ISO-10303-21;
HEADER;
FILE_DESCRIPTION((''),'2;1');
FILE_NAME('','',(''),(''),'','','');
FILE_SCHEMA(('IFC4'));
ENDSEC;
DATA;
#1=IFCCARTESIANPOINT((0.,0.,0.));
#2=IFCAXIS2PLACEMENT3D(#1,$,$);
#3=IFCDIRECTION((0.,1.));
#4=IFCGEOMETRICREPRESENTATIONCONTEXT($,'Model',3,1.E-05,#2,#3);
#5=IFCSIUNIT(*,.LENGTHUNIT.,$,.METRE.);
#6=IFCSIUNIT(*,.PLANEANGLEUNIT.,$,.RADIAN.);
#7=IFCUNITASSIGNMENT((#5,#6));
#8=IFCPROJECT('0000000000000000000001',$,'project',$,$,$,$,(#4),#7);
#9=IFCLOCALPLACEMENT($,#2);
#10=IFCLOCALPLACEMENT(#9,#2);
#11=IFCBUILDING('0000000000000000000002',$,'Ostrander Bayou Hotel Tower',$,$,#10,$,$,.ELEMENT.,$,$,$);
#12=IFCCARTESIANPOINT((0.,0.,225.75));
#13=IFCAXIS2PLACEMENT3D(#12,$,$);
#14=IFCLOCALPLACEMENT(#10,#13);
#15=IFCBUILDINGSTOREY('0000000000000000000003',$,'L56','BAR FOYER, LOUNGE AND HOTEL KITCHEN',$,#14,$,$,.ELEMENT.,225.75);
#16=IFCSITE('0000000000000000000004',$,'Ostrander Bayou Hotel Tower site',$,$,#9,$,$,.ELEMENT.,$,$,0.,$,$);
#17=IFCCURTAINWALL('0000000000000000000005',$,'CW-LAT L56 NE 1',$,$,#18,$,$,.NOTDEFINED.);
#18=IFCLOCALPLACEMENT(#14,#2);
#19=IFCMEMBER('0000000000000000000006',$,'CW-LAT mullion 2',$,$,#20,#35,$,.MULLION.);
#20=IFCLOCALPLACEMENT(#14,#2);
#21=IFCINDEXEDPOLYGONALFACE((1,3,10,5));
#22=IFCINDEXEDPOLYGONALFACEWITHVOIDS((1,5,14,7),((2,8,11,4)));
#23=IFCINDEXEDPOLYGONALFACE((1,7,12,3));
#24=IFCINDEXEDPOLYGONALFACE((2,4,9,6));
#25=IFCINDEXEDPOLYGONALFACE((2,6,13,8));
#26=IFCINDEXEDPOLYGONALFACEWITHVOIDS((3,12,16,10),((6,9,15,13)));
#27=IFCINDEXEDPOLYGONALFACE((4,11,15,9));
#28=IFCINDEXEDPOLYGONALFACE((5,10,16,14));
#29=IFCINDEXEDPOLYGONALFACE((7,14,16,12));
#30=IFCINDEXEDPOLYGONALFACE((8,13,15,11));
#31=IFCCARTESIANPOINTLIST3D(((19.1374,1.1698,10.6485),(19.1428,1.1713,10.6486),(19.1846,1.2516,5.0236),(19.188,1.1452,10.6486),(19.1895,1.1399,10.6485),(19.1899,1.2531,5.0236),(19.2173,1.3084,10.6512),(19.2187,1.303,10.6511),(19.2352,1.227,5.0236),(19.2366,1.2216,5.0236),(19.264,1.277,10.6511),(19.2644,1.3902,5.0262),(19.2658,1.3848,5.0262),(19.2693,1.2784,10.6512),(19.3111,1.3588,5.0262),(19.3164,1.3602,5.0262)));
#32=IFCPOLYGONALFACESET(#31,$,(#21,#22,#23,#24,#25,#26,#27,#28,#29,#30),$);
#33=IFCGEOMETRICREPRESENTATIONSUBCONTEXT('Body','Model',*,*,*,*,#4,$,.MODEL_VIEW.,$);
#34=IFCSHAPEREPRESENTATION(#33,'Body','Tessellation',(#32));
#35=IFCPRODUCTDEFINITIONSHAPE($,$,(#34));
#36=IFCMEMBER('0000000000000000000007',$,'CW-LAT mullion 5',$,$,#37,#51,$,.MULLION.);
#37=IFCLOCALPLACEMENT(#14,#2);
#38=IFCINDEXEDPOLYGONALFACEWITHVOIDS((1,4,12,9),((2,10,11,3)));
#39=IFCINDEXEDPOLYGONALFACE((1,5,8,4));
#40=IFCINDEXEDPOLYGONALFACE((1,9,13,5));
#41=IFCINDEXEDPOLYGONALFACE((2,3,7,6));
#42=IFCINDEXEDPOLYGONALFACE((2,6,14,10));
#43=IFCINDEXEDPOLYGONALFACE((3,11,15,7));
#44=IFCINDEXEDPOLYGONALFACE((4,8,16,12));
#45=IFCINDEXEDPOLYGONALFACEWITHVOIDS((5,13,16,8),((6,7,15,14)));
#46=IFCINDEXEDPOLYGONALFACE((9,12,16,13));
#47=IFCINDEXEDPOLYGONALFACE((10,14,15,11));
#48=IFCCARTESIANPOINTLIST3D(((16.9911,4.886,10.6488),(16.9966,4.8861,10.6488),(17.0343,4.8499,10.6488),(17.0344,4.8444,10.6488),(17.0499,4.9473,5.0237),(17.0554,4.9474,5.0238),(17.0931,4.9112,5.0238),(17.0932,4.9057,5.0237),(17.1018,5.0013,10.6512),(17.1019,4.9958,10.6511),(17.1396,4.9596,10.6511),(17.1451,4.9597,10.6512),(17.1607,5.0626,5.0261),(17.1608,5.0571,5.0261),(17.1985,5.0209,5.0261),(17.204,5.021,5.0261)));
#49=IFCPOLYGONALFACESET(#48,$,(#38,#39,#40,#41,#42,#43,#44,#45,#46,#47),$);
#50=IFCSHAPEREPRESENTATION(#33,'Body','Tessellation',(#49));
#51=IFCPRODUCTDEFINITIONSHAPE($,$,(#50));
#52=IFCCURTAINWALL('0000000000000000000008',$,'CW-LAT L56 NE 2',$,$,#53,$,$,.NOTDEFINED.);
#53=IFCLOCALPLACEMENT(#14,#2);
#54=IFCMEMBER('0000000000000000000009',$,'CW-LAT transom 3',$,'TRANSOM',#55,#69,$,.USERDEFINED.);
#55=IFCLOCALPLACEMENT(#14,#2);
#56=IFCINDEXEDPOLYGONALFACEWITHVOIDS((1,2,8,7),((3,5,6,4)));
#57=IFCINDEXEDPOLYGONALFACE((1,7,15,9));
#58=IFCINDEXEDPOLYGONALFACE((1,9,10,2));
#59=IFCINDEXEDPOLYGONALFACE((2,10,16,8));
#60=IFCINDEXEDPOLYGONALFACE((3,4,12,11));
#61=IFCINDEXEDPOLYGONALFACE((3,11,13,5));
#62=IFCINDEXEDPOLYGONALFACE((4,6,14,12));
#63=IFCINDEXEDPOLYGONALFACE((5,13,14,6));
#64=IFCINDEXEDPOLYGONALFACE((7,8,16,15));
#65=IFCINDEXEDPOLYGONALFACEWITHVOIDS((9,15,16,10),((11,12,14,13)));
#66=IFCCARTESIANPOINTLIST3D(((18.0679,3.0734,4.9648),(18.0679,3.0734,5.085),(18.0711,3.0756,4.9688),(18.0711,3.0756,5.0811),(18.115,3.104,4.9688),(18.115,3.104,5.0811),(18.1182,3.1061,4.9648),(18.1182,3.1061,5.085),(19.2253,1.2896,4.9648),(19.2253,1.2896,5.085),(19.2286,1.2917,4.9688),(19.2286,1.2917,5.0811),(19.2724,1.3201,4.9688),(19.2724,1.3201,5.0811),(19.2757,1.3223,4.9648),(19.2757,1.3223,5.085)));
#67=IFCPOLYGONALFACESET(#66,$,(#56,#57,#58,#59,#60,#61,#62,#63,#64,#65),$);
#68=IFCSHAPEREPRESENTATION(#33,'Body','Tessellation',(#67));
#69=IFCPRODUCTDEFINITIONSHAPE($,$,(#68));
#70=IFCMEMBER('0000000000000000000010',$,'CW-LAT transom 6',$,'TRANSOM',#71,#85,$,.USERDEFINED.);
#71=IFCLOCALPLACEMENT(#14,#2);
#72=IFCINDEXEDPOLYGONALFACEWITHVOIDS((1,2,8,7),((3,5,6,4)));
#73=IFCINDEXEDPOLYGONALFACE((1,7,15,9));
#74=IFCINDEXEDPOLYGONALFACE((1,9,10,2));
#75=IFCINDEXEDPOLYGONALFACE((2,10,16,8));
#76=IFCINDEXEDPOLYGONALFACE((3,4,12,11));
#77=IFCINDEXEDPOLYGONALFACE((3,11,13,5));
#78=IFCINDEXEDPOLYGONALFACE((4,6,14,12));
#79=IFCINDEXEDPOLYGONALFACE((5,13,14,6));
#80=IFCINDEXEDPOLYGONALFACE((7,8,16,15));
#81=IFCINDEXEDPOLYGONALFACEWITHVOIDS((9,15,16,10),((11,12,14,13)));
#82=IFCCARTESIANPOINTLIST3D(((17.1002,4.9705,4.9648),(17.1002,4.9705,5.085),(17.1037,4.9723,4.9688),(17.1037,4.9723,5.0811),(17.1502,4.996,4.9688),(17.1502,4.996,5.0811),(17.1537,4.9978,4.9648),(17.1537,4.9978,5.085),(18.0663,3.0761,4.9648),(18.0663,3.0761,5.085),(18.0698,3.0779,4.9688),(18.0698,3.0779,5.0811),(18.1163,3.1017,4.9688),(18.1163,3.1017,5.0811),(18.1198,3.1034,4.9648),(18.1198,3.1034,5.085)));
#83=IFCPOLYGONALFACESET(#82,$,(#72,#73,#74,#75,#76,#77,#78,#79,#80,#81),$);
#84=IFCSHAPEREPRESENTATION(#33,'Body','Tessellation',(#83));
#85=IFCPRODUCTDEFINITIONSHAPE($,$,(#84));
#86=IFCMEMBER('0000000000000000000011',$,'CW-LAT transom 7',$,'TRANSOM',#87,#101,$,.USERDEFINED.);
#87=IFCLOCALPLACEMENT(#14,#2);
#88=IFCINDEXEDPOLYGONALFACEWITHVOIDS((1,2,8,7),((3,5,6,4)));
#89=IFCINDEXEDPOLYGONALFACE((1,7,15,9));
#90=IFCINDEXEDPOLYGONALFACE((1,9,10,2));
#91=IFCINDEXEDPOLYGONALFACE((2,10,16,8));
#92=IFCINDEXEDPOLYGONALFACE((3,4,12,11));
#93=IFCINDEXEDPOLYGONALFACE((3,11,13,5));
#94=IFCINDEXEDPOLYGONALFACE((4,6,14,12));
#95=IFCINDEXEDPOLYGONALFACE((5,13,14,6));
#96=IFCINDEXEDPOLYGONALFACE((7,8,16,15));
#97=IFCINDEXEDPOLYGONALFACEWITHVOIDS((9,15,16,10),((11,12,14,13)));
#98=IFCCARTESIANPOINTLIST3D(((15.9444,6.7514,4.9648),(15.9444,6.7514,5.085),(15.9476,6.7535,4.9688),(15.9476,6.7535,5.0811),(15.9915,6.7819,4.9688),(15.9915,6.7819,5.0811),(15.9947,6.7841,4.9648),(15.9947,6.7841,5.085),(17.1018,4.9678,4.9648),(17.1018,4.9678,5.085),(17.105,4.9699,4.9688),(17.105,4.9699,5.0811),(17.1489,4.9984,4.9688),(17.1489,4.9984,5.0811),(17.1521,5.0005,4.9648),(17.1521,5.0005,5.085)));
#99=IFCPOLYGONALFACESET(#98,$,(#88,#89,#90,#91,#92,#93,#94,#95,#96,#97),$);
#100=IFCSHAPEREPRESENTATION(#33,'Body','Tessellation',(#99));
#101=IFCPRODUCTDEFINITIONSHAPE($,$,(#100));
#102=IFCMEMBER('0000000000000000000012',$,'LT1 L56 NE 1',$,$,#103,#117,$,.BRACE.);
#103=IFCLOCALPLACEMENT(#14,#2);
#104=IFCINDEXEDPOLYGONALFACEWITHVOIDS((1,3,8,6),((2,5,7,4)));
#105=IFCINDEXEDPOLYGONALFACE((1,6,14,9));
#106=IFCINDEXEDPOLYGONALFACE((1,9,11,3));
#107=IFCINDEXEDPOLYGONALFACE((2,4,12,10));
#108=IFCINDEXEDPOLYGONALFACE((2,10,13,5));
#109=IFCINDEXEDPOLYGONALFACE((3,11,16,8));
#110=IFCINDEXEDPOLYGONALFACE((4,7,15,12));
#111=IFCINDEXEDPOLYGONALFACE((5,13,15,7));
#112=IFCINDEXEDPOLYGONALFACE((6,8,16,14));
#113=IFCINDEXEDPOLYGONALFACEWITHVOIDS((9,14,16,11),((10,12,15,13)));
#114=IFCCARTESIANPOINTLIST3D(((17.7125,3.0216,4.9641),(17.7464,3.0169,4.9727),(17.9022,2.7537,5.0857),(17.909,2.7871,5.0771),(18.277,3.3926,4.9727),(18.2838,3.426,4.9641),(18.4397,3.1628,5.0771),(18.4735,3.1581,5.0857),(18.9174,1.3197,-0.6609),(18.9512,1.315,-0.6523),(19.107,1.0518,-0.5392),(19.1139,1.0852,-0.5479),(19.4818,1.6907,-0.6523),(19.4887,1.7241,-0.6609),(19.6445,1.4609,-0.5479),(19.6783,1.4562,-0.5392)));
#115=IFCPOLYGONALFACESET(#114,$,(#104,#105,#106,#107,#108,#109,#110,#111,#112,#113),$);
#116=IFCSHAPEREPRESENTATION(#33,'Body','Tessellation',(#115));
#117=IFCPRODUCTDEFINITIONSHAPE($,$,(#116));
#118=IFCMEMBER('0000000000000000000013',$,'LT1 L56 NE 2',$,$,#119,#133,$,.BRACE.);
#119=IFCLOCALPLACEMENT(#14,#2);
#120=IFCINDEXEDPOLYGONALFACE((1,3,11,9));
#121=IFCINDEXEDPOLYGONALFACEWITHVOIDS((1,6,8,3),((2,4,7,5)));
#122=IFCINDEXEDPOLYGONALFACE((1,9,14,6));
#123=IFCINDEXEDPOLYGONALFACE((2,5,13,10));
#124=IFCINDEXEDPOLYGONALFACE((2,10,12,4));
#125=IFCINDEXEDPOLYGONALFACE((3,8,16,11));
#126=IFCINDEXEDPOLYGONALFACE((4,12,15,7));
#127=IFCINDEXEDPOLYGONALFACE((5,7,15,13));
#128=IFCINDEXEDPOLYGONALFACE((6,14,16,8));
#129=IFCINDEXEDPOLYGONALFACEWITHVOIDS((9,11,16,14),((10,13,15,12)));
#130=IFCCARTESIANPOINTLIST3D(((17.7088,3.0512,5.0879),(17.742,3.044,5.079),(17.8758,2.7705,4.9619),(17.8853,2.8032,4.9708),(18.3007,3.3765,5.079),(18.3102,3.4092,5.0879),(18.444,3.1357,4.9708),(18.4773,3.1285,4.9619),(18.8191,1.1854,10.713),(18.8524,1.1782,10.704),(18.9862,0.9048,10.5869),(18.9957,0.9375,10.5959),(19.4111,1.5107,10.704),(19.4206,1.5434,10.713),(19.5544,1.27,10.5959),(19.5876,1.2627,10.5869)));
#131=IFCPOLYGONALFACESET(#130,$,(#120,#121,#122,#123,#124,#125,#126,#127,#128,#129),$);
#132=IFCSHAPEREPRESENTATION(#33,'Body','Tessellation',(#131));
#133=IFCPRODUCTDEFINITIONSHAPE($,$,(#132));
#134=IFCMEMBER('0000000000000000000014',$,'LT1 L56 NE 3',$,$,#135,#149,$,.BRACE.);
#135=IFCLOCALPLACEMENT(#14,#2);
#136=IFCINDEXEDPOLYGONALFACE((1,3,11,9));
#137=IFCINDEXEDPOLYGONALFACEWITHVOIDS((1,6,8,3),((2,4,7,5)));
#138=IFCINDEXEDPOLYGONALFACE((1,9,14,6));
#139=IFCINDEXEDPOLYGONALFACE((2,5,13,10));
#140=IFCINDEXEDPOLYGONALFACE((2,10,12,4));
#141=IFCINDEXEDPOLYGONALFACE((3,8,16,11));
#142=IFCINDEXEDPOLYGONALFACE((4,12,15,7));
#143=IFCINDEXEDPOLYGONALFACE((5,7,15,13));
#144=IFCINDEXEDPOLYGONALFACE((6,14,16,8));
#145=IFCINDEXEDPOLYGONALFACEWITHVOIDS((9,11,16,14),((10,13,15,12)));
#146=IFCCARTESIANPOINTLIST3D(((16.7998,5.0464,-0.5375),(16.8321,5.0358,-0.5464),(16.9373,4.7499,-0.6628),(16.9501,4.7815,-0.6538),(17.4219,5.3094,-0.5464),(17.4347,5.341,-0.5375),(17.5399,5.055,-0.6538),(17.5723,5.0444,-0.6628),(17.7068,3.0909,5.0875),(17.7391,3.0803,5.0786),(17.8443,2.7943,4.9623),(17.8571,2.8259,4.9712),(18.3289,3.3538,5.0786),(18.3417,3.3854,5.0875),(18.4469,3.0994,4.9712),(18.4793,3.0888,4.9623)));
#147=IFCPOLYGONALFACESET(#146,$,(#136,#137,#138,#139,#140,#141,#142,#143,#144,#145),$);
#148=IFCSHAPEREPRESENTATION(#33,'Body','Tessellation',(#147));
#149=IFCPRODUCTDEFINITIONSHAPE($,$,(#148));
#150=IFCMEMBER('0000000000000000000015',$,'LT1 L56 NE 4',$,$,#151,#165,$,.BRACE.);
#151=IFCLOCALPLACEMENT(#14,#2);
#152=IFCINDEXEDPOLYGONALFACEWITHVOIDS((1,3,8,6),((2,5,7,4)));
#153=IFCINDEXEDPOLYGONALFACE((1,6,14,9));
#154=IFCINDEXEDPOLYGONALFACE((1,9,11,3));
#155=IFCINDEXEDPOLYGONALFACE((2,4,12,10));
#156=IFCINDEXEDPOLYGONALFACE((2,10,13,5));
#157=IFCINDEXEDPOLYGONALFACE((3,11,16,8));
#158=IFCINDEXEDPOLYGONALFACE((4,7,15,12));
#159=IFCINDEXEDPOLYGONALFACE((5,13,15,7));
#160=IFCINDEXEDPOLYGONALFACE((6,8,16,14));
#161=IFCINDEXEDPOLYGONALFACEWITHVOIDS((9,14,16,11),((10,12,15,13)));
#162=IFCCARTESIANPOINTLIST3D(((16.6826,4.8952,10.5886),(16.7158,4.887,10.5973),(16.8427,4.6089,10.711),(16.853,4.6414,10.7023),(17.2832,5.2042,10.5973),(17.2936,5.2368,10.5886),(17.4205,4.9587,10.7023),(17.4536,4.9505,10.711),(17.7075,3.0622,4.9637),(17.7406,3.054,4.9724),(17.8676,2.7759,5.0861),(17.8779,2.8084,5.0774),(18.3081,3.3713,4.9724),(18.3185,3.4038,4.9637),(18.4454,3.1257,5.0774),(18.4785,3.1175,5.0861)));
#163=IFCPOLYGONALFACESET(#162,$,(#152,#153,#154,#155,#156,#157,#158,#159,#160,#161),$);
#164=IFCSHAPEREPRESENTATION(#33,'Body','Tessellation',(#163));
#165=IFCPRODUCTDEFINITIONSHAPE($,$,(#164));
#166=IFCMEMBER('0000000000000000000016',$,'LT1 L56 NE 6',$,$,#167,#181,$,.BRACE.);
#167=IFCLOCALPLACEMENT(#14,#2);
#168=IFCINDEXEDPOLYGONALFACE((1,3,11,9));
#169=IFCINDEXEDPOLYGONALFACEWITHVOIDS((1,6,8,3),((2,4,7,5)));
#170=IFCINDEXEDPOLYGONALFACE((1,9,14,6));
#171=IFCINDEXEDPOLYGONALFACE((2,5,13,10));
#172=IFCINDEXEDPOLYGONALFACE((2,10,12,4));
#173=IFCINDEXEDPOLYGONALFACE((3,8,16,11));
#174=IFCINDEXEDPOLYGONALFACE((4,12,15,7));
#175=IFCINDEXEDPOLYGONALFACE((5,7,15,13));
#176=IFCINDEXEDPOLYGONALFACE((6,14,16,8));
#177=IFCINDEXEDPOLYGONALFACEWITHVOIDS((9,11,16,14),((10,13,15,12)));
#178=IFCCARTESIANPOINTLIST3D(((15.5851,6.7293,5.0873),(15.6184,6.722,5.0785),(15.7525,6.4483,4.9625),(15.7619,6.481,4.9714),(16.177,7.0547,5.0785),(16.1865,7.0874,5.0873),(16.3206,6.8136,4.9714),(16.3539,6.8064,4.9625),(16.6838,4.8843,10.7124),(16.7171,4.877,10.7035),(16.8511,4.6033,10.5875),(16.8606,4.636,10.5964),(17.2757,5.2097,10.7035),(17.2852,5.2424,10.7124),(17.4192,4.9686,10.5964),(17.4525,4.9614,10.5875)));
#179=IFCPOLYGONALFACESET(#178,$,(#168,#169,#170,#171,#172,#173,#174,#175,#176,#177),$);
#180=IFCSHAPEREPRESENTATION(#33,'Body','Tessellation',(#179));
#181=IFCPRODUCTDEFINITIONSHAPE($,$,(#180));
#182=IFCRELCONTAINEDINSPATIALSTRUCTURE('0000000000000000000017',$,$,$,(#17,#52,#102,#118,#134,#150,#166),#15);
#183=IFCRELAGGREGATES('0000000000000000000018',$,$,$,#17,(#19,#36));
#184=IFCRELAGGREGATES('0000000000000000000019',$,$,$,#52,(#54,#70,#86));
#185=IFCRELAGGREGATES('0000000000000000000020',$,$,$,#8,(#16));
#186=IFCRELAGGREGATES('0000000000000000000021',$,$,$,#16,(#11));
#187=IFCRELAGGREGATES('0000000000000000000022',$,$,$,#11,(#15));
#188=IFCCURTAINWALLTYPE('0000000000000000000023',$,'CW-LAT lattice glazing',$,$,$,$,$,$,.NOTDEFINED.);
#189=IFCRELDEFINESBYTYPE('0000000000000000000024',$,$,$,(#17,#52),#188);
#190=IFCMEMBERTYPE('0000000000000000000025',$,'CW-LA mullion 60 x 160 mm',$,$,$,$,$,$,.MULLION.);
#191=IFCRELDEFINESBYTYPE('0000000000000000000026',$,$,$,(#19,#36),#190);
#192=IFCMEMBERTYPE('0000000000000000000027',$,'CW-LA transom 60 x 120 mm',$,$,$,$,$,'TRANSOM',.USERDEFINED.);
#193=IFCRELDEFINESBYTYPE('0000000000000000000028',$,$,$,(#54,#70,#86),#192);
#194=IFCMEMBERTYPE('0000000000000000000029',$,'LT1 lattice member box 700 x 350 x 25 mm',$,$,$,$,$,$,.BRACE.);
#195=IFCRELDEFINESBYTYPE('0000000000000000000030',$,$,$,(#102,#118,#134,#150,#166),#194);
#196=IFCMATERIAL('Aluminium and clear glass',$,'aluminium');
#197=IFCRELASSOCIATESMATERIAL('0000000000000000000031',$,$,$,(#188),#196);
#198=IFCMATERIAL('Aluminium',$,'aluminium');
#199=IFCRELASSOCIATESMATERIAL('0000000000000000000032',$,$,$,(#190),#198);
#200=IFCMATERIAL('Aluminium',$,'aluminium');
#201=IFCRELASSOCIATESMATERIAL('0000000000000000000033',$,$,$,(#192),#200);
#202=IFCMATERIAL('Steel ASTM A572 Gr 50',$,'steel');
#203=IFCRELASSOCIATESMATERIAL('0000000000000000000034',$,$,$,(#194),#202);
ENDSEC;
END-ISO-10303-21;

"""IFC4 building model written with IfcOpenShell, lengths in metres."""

from ifc_helpers import new_model, si_unit, direction, frame, origin, origin_2d, place, context, subcontext, project, spatial, hollow_rectangle, extrude, material, material_profile, profile_set, type_object, element, aggregate, save


model = new_model("IFC4")

# Units and contexts
model_context = context("Model", 3, precision=1e-05, world=origin(), true_north=direction((0.0, 1.0)))
body_context = subcontext(model_context, "Body", "Model", "MODEL_VIEW")
ifc_project = project(units=[si_unit("LENGTHUNIT", "METRE"), si_unit("PLANEANGLEUNIT", "RADIAN")], contexts=[model_context])

# Site, building, storey
site_placement = place(None, origin())
site = spatial("IfcSite", under=ifc_project, at=site_placement, Name="Ostrander Bayou Hotel Tower site", CompositionType="ELEMENT", RefElevation=0.0)
building_placement = place(site_placement, origin())
building = spatial("IfcBuilding", under=site, at=building_placement, Name="Ostrander Bayou Hotel Tower", CompositionType="ELEMENT")
storey_placement = place(building_placement, frame((0.0, 0.0, 225.75)))
storey = spatial("IfcBuildingStorey", under=building, at=storey_placement, Name="L56", Description="BAR FOYER, LOUNGE AND HOTEL KITCHEN", CompositionType="ELEMENT", Elevation=225.75)

# Curtain walls, members
ifc_material_1 = material(Name="Aluminium and clear glass", Category="aluminium")
curtain_wall_type = type_object("IfcCurtainWallType", Name="CW-LAT lattice glazing", PredefinedType="NOTDEFINED", material=ifc_material_1)
curtain_wall_1_placement = place(storey_placement, origin())
curtain_wall_1 = element("IfcCurtainWall", 1, at=curtain_wall_1_placement, inside=storey, type_object=curtain_wall_type, Name="CW-LAT L56 NE 1", PredefinedType="NOTDEFINED")
ifc_material_2 = material(Name="Aluminium", Category="aluminium")
ifc_material_profile_1 = material_profile(ifc_material_2, hollow_rectangle(XDim=0.0601, YDim=0.1599, WallThickness=0.0039, at=origin_2d()))
ifc_profile_set_1 = profile_set([ifc_material_profile_1], Name="Aluminium")
member_type_1 = type_object("IfcMemberType", Name="CW-LA mullion 60 x 160 mm", PredefinedType="MULLION", material=ifc_profile_set_1)
member_1_placement = place(storey_placement, frame((19.2505, 1.3059, 5.0249), z_axis=(-0.008376, -0.014538, 0.999859), x_axis=(0.866487, -0.4992, 0.0)))
member_1 = element("IfcMember", 2, at=member_1_placement, type_object=member_type_1, Name="CW-LAT mullion 2", PredefinedType="MULLION", context=body_context, shape_type="SweptSolid", body=[
    extrude(hollow_rectangle(XDim=0.0601, YDim=0.1599, WallThickness=0.0039, at=origin_2d()), origin(), (0.0, 0.0, 1.0), 5.6257),
])
member_2_placement = place(storey_placement, frame((17.127, 4.9841, 5.0249), z_axis=(-0.010459, -0.010893, 0.999886), x_axis=(0.72133, -0.692592, 0.0)))
member_2 = element("IfcMember", 3, at=member_2_placement, type_object=member_type_1, Name="CW-LAT mullion 5", PredefinedType="MULLION", context=body_context, shape_type="SweptSolid", body=[
    extrude(hollow_rectangle(XDim=0.0601, YDim=0.1599, WallThickness=0.0039, at=origin_2d()), origin(), (0.0, 0.0, 1.0), 5.6257),
])
curtain_wall_2_placement = place(storey_placement, origin())
curtain_wall_2 = element("IfcCurtainWall", 4, at=curtain_wall_2_placement, inside=storey, type_object=curtain_wall_type, Name="CW-LAT L56 NE 2", PredefinedType="NOTDEFINED")
ifc_material_3 = material(Name="Aluminium", Category="aluminium")
ifc_material_profile_2 = material_profile(ifc_material_3, hollow_rectangle(XDim=0.0601, YDim=0.1201, WallThickness=0.0039, at=origin_2d()))
ifc_profile_set_2 = profile_set([ifc_material_profile_2], Name="Aluminium")
member_type_2 = type_object("IfcMemberType", Name="CW-LA transom 60 x 120 mm", ElementType="TRANSOM", PredefinedType="USERDEFINED", material=ifc_profile_set_2)
member_3_placement = place(storey_placement, frame((19.2505, 1.3059, 5.0249), z_axis=(-0.544298, 0.838892, 0.0), x_axis=(-0.838892, -0.544298, 0.0)))
member_3 = element("IfcMember", 5, at=member_3_placement, type_object=member_type_2, Name="CW-LAT transom 3", ObjectType="TRANSOM", PredefinedType="USERDEFINED", context=body_context, shape_type="SweptSolid", body=[
    extrude(hollow_rectangle(XDim=0.0601, YDim=0.1201, WallThickness=0.0039, at=origin_2d()), origin(), (0.0, 0.0, 1.0), 2.1265),
])
member_4_placement = place(storey_placement, frame((17.127, 4.9841, 5.0249), z_axis=(0.454318, -0.89084, 0.0), x_axis=(0.89084, 0.454318, 0.0)))
member_4 = element("IfcMember", 6, at=member_4_placement, type_object=member_type_2, Name="CW-LAT transom 6", ObjectType="TRANSOM", PredefinedType="USERDEFINED", context=body_context, shape_type="SweptSolid", body=[
    extrude(hollow_rectangle(XDim=0.0601, YDim=0.1201, WallThickness=0.0039, at=origin_2d()), origin(), (0.0, 0.0, 1.0), 2.1265),
])
member_5_placement = place(storey_placement, frame((17.127, 4.9841, 5.0249), z_axis=(-0.544351, 0.838858, 0.0), x_axis=(-0.838858, -0.544351, 0.0)))
member_5 = element("IfcMember", 7, at=member_5_placement, type_object=member_type_2, Name="CW-LAT transom 7", ObjectType="TRANSOM", PredefinedType="USERDEFINED", context=body_context, shape_type="SweptSolid", body=[
    extrude(hollow_rectangle(XDim=0.0601, YDim=0.1201, WallThickness=0.0039, at=origin_2d()), origin(), (0.0, 0.0, 1.0), 2.1262),
])

# Members
ifc_material_4 = material(Name="Steel ASTM A572 Gr 50", Category="steel")
ifc_material_profile_3 = material_profile(ifc_material_4, hollow_rectangle(XDim=0.7, YDim=0.3501, WallThickness=0.0249, at=origin_2d()))
ifc_profile_set_3 = profile_set([ifc_material_profile_3], Name="Steel ASTM A572 Gr 50")
member_type_3 = type_object("IfcMemberType", Name="LT1 lattice member box 700 x 350 x 25 mm", PredefinedType="BRACE", material=ifc_profile_set_3)
member_6_placement = place(storey_placement, frame((18.093, 3.0898, 5.0249), z_axis=(0.200837, -0.283695, -0.937647), x_axis=(0.816179, 0.5778, 0.0)))
element("IfcMember", 8, at=member_6_placement, inside=storey, type_object=member_type_3, Name="LT1 L56 NE 1", PredefinedType="BRACE", context=body_context, shape_type="SweptSolid", body=[
    extrude(hollow_rectangle(XDim=0.7, YDim=0.3501, WallThickness=0.0249, at=origin_2d()), origin(), (0.0, 0.0, 1.0), 5.999),
])
member_7_placement = place(storey_placement, frame((18.093, 3.0898, 5.0249), z_axis=(0.184154, -0.309434, 0.932919), x_axis=(0.859333, 0.511417, 0.0)))
element("IfcMember", 9, at=member_7_placement, inside=storey, type_object=member_type_3, Name="LT1 L56 NE 2", PredefinedType="BRACE", context=body_context, shape_type="SweptSolid", body=[
    extrude(hollow_rectangle(XDim=0.7, YDim=0.3501, WallThickness=0.0249, at=origin_2d()), origin(), (0.0, 0.0, 1.0), 6.0295),
])
member_8_placement = place(storey_placement, frame((18.093, 3.0898, 5.0249), z_axis=(-0.150564, 0.324634, -0.933779), x_axis=(-0.907179, -0.420745, 0.0)))
element("IfcMember", 10, at=member_8_placement, inside=storey, type_object=member_type_3, Name="LT1 L56 NE 3", PredefinedType="BRACE", context=body_context, shape_type="SweptSolid", body=[
    extrude(hollow_rectangle(XDim=0.7, YDim=0.3501, WallThickness=0.0249, at=origin_2d()), origin(), (0.0, 0.0, 1.0), 6.0239),
])
member_9_placement = place(storey_placement, frame((18.093, 3.0898, 5.0249), z_axis=(-0.170696, 0.305285, 0.936837), x_axis=(-0.872827, -0.48803, 0.0)))
element("IfcMember", 11, at=member_9_placement, inside=storey, type_object=member_type_3, Name="LT1 L56 NE 4", PredefinedType="BRACE", context=body_context, shape_type="SweptSolid", body=[
    extrude(hollow_rectangle(XDim=0.7, YDim=0.3501, WallThickness=0.0249, at=origin_2d()), origin(), (0.0, 0.0, 1.0), 6.0042),
])
member_10_placement = place(storey_placement, frame((15.9695, 6.7678, 5.0249), z_axis=(0.182469, -0.306426, 0.934242), x_axis=(0.859204, 0.511634, 0.0)))
element("IfcMember", 12, at=member_10_placement, inside=storey, type_object=member_type_3, Name="LT1 L56 NE 6", PredefinedType="BRACE", context=body_context, shape_type="SweptSolid", body=[
    extrude(hollow_rectangle(XDim=0.7, YDim=0.3501, WallThickness=0.0249, at=origin_2d()), origin(), (0.0, 0.0, 1.0), 6.021),
])

aggregate(curtain_wall_1, [member_1, member_2])
aggregate(curtain_wall_2, [member_3, member_4, member_5])

save(model, "model.ifc")
